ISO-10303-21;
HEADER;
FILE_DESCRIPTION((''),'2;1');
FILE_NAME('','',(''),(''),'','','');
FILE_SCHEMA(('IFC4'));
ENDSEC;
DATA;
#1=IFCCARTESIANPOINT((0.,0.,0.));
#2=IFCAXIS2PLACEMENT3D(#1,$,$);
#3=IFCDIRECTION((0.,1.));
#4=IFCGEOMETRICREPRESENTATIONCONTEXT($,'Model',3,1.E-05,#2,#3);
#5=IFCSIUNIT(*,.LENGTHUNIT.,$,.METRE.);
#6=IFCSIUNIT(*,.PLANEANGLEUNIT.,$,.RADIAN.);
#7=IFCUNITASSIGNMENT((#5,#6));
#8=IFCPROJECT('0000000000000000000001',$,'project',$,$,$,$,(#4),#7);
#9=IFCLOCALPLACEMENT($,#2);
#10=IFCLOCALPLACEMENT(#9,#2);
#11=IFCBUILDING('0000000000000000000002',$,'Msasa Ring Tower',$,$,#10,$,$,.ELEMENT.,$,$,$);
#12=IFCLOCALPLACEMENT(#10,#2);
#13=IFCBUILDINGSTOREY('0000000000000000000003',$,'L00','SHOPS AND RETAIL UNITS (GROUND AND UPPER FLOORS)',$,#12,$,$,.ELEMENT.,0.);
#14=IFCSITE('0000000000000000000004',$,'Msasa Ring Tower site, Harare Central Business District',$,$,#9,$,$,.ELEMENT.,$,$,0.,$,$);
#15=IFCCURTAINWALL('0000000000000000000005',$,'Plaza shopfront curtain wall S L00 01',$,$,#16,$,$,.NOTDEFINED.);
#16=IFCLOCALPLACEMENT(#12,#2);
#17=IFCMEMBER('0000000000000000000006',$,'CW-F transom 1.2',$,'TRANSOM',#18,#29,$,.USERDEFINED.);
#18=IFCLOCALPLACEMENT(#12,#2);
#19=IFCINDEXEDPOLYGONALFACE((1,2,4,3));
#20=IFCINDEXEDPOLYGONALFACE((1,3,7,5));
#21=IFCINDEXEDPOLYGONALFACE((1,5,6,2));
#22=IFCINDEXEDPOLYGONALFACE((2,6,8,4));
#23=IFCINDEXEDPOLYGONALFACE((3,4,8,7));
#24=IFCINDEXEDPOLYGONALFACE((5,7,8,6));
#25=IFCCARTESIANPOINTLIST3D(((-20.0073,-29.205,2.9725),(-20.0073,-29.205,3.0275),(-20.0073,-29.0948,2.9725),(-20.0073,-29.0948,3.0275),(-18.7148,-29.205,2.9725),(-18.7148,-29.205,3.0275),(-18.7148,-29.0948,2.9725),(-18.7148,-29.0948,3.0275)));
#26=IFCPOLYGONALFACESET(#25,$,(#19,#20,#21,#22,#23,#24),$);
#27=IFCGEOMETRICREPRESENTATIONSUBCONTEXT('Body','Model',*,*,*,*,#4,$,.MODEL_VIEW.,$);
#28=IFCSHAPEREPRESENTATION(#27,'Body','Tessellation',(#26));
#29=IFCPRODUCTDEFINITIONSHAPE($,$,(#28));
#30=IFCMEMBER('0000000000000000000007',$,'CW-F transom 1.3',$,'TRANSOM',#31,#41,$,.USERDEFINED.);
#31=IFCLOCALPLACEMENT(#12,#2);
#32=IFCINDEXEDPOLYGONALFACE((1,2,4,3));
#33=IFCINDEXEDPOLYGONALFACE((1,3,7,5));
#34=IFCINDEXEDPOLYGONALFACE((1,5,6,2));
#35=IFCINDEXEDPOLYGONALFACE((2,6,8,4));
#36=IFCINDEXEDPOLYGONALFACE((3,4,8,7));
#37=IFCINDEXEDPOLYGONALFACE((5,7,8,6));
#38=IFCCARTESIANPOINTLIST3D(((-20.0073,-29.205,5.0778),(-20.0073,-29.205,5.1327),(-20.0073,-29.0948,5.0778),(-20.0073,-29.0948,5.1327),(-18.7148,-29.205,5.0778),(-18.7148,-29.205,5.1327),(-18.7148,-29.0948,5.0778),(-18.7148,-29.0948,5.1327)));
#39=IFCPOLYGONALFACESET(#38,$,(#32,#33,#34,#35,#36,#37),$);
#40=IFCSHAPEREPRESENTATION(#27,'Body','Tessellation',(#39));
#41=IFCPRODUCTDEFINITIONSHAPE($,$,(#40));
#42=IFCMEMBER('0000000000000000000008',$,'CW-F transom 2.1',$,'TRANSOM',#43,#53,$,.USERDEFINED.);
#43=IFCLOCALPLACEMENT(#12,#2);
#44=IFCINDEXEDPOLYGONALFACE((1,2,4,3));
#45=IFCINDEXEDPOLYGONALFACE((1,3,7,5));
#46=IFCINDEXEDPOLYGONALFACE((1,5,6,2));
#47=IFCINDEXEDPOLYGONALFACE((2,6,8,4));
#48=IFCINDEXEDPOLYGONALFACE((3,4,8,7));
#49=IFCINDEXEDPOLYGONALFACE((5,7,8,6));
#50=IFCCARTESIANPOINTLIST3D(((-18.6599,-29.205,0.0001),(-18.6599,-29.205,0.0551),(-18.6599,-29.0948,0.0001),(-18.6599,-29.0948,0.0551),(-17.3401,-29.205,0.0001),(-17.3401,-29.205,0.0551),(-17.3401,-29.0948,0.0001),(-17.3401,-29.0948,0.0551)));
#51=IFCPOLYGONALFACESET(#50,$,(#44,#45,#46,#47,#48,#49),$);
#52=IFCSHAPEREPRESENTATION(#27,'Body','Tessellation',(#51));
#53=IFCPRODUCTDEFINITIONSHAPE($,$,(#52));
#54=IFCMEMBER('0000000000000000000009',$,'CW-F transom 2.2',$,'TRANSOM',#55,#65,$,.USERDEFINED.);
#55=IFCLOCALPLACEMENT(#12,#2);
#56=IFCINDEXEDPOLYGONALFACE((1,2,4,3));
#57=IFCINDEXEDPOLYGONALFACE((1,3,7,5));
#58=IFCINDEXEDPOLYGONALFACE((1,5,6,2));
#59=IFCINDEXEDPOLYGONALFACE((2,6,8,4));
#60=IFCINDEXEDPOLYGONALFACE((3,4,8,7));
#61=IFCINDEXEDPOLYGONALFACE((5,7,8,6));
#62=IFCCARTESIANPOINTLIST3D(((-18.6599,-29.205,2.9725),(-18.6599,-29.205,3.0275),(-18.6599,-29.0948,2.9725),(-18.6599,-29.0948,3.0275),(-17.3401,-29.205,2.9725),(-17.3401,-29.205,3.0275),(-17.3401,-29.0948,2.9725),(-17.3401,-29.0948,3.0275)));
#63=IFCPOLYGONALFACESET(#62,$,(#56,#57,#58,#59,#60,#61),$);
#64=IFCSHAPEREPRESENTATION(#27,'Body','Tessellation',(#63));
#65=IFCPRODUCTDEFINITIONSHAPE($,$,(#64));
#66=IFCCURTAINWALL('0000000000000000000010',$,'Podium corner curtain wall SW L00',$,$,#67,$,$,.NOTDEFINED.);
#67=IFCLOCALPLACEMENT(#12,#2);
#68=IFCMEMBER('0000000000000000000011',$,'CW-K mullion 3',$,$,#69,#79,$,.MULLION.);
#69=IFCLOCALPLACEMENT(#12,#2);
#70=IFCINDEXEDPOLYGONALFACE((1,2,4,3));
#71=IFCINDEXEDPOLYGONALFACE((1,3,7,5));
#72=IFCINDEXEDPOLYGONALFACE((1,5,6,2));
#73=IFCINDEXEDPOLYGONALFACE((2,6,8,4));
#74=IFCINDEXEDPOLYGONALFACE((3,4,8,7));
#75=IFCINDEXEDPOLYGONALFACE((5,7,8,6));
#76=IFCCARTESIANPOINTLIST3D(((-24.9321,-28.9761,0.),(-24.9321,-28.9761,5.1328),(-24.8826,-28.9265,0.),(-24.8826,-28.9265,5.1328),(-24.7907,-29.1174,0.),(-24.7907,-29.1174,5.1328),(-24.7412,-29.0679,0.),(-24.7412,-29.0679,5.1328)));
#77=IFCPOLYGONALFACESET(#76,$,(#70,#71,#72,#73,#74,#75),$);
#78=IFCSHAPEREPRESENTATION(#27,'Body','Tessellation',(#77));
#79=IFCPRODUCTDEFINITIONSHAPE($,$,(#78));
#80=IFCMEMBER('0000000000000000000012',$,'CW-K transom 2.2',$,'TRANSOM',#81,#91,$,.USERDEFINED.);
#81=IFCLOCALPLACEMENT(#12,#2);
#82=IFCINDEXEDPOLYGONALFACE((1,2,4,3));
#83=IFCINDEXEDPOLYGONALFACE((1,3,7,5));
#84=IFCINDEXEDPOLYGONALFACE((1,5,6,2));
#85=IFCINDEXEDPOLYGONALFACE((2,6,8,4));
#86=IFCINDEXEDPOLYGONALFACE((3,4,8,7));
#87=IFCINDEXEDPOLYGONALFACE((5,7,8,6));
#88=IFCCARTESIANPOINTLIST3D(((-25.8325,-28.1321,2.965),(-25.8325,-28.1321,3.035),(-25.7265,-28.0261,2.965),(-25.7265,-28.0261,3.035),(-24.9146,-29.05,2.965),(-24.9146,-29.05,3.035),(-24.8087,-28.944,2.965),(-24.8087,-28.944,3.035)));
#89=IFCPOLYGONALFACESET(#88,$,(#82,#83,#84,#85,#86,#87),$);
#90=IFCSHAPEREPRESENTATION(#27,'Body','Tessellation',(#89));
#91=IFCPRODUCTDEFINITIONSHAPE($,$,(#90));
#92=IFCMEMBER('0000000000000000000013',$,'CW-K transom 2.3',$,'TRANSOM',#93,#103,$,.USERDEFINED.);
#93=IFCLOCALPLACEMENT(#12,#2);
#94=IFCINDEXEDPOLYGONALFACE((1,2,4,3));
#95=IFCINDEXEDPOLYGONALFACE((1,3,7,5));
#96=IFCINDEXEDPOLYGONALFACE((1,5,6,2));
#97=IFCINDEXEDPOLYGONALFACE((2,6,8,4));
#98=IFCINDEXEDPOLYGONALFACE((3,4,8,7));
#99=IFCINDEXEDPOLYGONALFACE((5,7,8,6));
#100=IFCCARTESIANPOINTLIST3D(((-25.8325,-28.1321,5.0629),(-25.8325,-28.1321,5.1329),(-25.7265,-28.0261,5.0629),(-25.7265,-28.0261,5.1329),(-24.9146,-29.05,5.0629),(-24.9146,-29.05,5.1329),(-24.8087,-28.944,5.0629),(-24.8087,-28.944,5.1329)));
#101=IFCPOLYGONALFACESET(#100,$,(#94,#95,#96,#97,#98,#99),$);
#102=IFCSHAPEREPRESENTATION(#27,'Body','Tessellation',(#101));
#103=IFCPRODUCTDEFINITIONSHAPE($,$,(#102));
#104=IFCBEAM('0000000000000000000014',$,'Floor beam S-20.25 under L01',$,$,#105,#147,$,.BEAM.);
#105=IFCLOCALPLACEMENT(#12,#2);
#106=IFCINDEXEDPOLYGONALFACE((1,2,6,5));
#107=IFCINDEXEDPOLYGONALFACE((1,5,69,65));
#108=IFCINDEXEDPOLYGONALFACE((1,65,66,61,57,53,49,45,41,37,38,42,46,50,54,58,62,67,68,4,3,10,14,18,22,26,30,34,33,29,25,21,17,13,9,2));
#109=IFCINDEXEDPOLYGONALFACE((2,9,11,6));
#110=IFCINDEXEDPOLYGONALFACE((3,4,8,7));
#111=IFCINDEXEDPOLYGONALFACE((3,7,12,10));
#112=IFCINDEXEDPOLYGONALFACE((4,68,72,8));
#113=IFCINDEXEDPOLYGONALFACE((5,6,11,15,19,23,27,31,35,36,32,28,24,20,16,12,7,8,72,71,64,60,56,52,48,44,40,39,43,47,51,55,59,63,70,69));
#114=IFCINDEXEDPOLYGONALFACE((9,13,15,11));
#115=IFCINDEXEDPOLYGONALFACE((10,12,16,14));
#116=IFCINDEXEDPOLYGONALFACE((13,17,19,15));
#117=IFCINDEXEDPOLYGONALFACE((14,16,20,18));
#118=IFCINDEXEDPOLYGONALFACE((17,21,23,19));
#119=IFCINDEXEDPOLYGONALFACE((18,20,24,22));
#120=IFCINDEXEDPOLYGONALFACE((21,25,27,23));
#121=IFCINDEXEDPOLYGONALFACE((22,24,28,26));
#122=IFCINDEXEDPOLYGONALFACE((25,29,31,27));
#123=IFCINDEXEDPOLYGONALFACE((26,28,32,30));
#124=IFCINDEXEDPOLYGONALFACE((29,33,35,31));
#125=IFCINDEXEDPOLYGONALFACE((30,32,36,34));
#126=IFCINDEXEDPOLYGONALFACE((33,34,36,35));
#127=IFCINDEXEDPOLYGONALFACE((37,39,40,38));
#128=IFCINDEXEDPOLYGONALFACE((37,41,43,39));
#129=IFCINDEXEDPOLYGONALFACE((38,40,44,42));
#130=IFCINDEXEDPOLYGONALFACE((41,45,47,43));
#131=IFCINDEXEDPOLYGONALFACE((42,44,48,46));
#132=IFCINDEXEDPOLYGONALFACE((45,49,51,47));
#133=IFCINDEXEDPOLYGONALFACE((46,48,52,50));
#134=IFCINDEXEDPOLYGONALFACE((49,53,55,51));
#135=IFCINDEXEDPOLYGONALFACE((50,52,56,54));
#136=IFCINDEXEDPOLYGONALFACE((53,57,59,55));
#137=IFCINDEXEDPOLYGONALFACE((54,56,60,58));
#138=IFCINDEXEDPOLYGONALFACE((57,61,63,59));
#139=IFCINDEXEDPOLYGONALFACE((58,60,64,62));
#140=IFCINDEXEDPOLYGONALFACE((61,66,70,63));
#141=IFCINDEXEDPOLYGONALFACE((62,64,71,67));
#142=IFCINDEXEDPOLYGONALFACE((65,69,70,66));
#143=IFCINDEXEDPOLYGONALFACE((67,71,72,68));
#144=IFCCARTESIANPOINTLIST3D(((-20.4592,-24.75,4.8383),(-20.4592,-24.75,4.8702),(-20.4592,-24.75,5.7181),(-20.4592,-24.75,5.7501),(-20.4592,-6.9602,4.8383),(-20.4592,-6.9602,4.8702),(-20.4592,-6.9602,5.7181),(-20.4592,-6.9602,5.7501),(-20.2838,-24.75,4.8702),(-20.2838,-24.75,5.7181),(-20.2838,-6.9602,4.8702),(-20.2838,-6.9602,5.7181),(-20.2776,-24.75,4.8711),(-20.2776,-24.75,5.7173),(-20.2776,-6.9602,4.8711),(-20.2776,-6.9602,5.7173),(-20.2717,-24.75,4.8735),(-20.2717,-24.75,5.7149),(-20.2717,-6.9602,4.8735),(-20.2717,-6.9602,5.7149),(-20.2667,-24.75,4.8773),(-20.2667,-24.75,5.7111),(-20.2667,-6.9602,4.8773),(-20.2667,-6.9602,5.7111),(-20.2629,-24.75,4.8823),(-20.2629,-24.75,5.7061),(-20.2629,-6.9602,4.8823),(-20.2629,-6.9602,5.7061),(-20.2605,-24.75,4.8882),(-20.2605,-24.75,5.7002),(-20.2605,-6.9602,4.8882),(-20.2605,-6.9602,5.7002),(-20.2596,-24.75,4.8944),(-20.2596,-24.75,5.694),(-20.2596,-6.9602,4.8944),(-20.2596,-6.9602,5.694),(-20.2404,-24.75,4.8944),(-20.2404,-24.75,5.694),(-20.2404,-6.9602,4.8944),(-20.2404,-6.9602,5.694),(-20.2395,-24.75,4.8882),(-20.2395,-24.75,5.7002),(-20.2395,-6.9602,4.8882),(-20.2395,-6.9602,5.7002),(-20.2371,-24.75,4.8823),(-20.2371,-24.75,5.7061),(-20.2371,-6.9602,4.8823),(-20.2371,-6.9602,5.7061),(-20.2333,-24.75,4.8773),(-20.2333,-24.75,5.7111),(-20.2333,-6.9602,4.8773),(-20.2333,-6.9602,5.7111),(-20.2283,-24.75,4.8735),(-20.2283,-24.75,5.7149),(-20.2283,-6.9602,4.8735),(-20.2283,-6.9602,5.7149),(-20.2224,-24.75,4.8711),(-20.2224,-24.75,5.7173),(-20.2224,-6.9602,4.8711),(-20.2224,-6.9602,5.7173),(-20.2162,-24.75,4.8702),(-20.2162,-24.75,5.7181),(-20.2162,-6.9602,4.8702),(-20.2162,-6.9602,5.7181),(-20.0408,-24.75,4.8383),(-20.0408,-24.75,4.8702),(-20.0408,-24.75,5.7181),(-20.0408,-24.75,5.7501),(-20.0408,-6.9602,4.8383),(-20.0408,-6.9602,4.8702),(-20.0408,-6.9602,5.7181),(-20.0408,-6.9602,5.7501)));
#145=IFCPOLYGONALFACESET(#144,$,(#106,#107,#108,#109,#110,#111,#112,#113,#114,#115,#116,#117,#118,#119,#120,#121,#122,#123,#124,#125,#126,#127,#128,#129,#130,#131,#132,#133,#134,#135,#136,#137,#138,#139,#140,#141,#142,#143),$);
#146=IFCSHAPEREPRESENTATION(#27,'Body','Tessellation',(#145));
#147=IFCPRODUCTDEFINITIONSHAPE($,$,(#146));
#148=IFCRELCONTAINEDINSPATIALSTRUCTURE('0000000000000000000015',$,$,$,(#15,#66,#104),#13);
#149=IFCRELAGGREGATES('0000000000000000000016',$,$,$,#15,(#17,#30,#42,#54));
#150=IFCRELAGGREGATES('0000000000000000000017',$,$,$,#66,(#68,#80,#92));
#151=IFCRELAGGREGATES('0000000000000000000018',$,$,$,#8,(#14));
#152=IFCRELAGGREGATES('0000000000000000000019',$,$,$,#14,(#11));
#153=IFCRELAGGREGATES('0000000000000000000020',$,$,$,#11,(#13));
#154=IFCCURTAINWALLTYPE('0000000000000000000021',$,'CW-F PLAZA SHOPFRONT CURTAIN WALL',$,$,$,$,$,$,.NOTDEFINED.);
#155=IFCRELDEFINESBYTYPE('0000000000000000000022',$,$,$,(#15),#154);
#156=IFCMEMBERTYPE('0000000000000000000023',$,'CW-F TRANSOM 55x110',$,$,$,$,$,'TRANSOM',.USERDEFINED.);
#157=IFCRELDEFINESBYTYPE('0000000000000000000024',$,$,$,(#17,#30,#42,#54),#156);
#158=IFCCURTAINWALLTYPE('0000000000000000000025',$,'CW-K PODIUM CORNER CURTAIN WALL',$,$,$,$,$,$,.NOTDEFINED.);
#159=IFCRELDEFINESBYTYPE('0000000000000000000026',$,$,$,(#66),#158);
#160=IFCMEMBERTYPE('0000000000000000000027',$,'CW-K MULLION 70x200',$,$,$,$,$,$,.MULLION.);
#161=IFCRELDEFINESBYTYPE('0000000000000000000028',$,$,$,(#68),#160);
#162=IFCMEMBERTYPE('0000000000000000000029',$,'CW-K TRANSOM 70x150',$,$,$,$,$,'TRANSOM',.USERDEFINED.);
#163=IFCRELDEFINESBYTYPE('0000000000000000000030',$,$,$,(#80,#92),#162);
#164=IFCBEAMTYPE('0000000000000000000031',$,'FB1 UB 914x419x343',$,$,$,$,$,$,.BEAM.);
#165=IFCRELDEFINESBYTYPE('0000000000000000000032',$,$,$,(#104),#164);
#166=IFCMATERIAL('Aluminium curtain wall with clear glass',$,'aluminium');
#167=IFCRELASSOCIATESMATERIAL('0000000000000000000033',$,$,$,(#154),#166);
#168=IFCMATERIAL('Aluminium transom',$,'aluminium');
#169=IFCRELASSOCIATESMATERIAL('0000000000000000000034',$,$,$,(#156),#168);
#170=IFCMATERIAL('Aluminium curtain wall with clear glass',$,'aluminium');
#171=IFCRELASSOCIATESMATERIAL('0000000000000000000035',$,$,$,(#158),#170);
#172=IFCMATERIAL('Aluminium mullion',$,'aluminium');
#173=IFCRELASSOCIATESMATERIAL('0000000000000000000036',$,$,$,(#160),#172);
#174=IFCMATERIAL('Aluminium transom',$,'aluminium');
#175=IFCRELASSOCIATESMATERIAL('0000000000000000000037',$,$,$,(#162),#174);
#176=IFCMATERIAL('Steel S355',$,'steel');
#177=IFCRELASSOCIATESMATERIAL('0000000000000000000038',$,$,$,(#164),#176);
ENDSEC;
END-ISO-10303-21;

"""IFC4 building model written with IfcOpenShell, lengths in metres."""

from ifc_helpers import new_model, si_unit, direction, frame, origin, origin_2d, place, context, subcontext, project, spatial, rectangle, i_section, extrude, material, material_profile, profile_set, type_object, element, aggregate, save


model = new_model("IFC4")

# Units and contexts
model_context = context("Model", 3, precision=1e-05, world=origin(), true_north=direction((0.0, 1.0)))
body_context = subcontext(model_context, "Body", "Model", "MODEL_VIEW")
ifc_project = project(units=[si_unit("LENGTHUNIT", "METRE"), si_unit("PLANEANGLEUNIT", "RADIAN")], contexts=[model_context])

# Site, building, storey
site_placement = place(None, origin())
site = spatial("IfcSite", under=ifc_project, at=site_placement, Name="Msasa Ring Tower site, Harare Central Business District", CompositionType="ELEMENT", RefElevation=0.0)
building_placement = place(site_placement, origin())
building = spatial("IfcBuilding", under=site, at=building_placement, Name="Msasa Ring Tower", CompositionType="ELEMENT")
storey_placement = place(building_placement, origin())
storey = spatial("IfcBuildingStorey", under=building, at=storey_placement, Name="L00", Description="SHOPS AND RETAIL UNITS (GROUND AND UPPER FLOORS)", CompositionType="ELEMENT", Elevation=0.0)

# Curtain walls, members
ifc_material_1 = material(Name="Aluminium curtain wall with clear glass", Category="aluminium")
curtain_wall_type_1 = type_object("IfcCurtainWallType", Name="CW-F PLAZA SHOPFRONT CURTAIN WALL", PredefinedType="NOTDEFINED", material=ifc_material_1)
curtain_wall_1_placement = place(storey_placement, origin())
curtain_wall_1 = element("IfcCurtainWall", 1, at=curtain_wall_1_placement, inside=storey, type_object=curtain_wall_type_1, Name="Plaza shopfront curtain wall S L00 01", PredefinedType="NOTDEFINED")
ifc_material_2 = material(Name="Aluminium transom", Category="aluminium")
ifc_material_profile_1 = material_profile(ifc_material_2, rectangle(XDim=0.1101, YDim=0.0549, at=origin_2d()), Name="AL 55x110")
ifc_profile_set_1 = profile_set([ifc_material_profile_1], Name="Aluminium transom")
member_type_1 = type_object("IfcMemberType", Name="CW-F TRANSOM 55x110", ElementType="TRANSOM", PredefinedType="USERDEFINED", material=ifc_profile_set_1)
member_1_placement = place(storey_placement, frame((-20.0073, -29.1499, 3.0), z_axis=(1.0, 0.0, 0.0), x_axis=(0.0, 1.0, 0.0)))
member_1 = element("IfcMember", 2, at=member_1_placement, type_object=member_type_1, Name="CW-F transom 1.2", ObjectType="TRANSOM", PredefinedType="USERDEFINED", context=body_context, shape_type="SweptSolid", body=[
    extrude(rectangle(XDim=0.1101, YDim=0.0549, at=origin_2d()), origin(), (0.0, 0.0, 1.0), 1.2925),
])
member_2_placement = place(storey_placement, frame((-20.0073, -29.1499, 5.1052), z_axis=(1.0, 0.0, 0.0), x_axis=(0.0, 1.0, 0.0)))
member_2 = element("IfcMember", 3, at=member_2_placement, type_object=member_type_1, Name="CW-F transom 1.3", ObjectType="TRANSOM", PredefinedType="USERDEFINED", context=body_context, shape_type="SweptSolid", body=[
    extrude(rectangle(XDim=0.1101, YDim=0.0549, at=origin_2d()), origin(), (0.0, 0.0, 1.0), 1.2925),
])
member_3_placement = place(storey_placement, frame((-18.6599, -29.1499, 0.0276), z_axis=(1.0, 0.0, 0.0), x_axis=(0.0, 1.0, 0.0)))
member_3 = element("IfcMember", 4, at=member_3_placement, type_object=member_type_1, Name="CW-F transom 2.1", ObjectType="TRANSOM", PredefinedType="USERDEFINED", context=body_context, shape_type="SweptSolid", body=[
    extrude(rectangle(XDim=0.1101, YDim=0.0549, at=origin_2d()), origin(), (0.0, 0.0, 1.0), 1.3198),
])
member_4_placement = place(storey_placement, frame((-18.6599, -29.1499, 3.0), z_axis=(1.0, 0.0, 0.0), x_axis=(0.0, 1.0, 0.0)))
member_4 = element("IfcMember", 5, at=member_4_placement, type_object=member_type_1, Name="CW-F transom 2.2", ObjectType="TRANSOM", PredefinedType="USERDEFINED", context=body_context, shape_type="SweptSolid", body=[
    extrude(rectangle(XDim=0.1101, YDim=0.0549, at=origin_2d()), origin(), (0.0, 0.0, 1.0), 1.3198),
])
ifc_material_3 = material(Name="Aluminium curtain wall with clear glass", Category="aluminium")
curtain_wall_type_2 = type_object("IfcCurtainWallType", Name="CW-K PODIUM CORNER CURTAIN WALL", PredefinedType="NOTDEFINED", material=ifc_material_3)
curtain_wall_2_placement = place(storey_placement, origin())
curtain_wall_2 = element("IfcCurtainWall", 6, at=curtain_wall_2_placement, inside=storey, type_object=curtain_wall_type_2, Name="Podium corner curtain wall SW L00", PredefinedType="NOTDEFINED")
ifc_material_4 = material(Name="Aluminium mullion", Category="aluminium")
ifc_material_profile_2 = material_profile(ifc_material_4, rectangle(XDim=0.0701, YDim=0.2, at=origin_2d()), Name="AL 70x200")
ifc_profile_set_2 = profile_set([ifc_material_profile_2], Name="Aluminium mullion")
member_type_2 = type_object("IfcMemberType", Name="CW-K MULLION 70x200", PredefinedType="MULLION", material=ifc_profile_set_2)
member_5_placement = place(storey_placement, frame((-24.8367, -29.022, 0.0), z_axis=(0.0, 0.0, 1.0), x_axis=(0.707107, 0.707107, 0.0)))
member_5 = element("IfcMember", 7, at=member_5_placement, type_object=member_type_2, Name="CW-K mullion 3", PredefinedType="MULLION", context=body_context, shape_type="SweptSolid", body=[
    extrude(rectangle(XDim=0.0701, YDim=0.2, at=origin_2d()), origin(), (0.0, 0.0, 1.0), 5.1328),
])
ifc_material_5 = material(Name="Aluminium transom", Category="aluminium")
ifc_material_profile_3 = material_profile(ifc_material_5, rectangle(XDim=0.1499, YDim=0.0701, at=origin_2d()), Name="AL 70x150")
ifc_profile_set_3 = profile_set([ifc_material_profile_3], Name="Aluminium transom")
member_type_3 = type_object("IfcMemberType", Name="CW-K TRANSOM 70x150", ElementType="TRANSOM", PredefinedType="USERDEFINED", material=ifc_profile_set_3)
member_6_placement = place(storey_placement, frame((-25.7795, -28.0791, 3.0), z_axis=(0.707107, -0.707107, 0.0), x_axis=(0.707107, 0.707107, 0.0)))
member_6 = element("IfcMember", 8, at=member_6_placement, type_object=member_type_3, Name="CW-K transom 2.2", ObjectType="TRANSOM", PredefinedType="USERDEFINED", context=body_context, shape_type="SweptSolid", body=[
    extrude(rectangle(XDim=0.1499, YDim=0.0701, at=origin_2d()), origin(), (0.0, 0.0, 1.0), 1.2981),
])
member_7_placement = place(storey_placement, frame((-25.7795, -28.0791, 5.0979), z_axis=(0.707107, -0.707107, 0.0), x_axis=(0.707107, 0.707107, 0.0)))
member_7 = element("IfcMember", 9, at=member_7_placement, type_object=member_type_3, Name="CW-K transom 2.3", ObjectType="TRANSOM", PredefinedType="USERDEFINED", context=body_context, shape_type="SweptSolid", body=[
    extrude(rectangle(XDim=0.1499, YDim=0.0701, at=origin_2d()), origin(), (0.0, 0.0, 1.0), 1.2981),
])

# Beam
ifc_material_6 = material(Name="Steel S355", Category="steel")
ifc_material_profile_4 = material_profile(ifc_material_6, i_section(OverallWidth=0.4185, OverallDepth=0.9119, WebThickness=0.0193, FlangeThickness=0.032, FilletRadius=0.0242, at=origin_2d()), Name="UB 914x419x343")
ifc_profile_set_4 = profile_set([ifc_material_profile_4], Name="Steel S355")
beam_type_1 = type_object("IfcBeamType", Name="FB1 UB 914x419x343", PredefinedType="BEAM", material=ifc_profile_set_4)
beam_1_placement = place(storey_placement, frame((-20.25, -24.75, 5.2942), z_axis=(0.0, 1.0, 0.0), x_axis=(-1.0, 0.0, 0.0)))
element("IfcBeam", 10, at=beam_1_placement, inside=storey, type_object=beam_type_1, Name="Floor beam S-20.25 under L01", PredefinedType="BEAM", context=body_context, shape_type="SweptSolid", body=[
    extrude(i_section(OverallWidth=0.4185, OverallDepth=0.9119, WebThickness=0.0193, FlangeThickness=0.032, FilletRadius=0.0242, at=origin_2d()), origin(), (0.0, 0.0, 1.0), 17.7898),
])

aggregate(curtain_wall_1, [member_1, member_2, member_3, member_4])
aggregate(curtain_wall_2, [member_5, member_6, member_7])

save(model, "model.ifc")
